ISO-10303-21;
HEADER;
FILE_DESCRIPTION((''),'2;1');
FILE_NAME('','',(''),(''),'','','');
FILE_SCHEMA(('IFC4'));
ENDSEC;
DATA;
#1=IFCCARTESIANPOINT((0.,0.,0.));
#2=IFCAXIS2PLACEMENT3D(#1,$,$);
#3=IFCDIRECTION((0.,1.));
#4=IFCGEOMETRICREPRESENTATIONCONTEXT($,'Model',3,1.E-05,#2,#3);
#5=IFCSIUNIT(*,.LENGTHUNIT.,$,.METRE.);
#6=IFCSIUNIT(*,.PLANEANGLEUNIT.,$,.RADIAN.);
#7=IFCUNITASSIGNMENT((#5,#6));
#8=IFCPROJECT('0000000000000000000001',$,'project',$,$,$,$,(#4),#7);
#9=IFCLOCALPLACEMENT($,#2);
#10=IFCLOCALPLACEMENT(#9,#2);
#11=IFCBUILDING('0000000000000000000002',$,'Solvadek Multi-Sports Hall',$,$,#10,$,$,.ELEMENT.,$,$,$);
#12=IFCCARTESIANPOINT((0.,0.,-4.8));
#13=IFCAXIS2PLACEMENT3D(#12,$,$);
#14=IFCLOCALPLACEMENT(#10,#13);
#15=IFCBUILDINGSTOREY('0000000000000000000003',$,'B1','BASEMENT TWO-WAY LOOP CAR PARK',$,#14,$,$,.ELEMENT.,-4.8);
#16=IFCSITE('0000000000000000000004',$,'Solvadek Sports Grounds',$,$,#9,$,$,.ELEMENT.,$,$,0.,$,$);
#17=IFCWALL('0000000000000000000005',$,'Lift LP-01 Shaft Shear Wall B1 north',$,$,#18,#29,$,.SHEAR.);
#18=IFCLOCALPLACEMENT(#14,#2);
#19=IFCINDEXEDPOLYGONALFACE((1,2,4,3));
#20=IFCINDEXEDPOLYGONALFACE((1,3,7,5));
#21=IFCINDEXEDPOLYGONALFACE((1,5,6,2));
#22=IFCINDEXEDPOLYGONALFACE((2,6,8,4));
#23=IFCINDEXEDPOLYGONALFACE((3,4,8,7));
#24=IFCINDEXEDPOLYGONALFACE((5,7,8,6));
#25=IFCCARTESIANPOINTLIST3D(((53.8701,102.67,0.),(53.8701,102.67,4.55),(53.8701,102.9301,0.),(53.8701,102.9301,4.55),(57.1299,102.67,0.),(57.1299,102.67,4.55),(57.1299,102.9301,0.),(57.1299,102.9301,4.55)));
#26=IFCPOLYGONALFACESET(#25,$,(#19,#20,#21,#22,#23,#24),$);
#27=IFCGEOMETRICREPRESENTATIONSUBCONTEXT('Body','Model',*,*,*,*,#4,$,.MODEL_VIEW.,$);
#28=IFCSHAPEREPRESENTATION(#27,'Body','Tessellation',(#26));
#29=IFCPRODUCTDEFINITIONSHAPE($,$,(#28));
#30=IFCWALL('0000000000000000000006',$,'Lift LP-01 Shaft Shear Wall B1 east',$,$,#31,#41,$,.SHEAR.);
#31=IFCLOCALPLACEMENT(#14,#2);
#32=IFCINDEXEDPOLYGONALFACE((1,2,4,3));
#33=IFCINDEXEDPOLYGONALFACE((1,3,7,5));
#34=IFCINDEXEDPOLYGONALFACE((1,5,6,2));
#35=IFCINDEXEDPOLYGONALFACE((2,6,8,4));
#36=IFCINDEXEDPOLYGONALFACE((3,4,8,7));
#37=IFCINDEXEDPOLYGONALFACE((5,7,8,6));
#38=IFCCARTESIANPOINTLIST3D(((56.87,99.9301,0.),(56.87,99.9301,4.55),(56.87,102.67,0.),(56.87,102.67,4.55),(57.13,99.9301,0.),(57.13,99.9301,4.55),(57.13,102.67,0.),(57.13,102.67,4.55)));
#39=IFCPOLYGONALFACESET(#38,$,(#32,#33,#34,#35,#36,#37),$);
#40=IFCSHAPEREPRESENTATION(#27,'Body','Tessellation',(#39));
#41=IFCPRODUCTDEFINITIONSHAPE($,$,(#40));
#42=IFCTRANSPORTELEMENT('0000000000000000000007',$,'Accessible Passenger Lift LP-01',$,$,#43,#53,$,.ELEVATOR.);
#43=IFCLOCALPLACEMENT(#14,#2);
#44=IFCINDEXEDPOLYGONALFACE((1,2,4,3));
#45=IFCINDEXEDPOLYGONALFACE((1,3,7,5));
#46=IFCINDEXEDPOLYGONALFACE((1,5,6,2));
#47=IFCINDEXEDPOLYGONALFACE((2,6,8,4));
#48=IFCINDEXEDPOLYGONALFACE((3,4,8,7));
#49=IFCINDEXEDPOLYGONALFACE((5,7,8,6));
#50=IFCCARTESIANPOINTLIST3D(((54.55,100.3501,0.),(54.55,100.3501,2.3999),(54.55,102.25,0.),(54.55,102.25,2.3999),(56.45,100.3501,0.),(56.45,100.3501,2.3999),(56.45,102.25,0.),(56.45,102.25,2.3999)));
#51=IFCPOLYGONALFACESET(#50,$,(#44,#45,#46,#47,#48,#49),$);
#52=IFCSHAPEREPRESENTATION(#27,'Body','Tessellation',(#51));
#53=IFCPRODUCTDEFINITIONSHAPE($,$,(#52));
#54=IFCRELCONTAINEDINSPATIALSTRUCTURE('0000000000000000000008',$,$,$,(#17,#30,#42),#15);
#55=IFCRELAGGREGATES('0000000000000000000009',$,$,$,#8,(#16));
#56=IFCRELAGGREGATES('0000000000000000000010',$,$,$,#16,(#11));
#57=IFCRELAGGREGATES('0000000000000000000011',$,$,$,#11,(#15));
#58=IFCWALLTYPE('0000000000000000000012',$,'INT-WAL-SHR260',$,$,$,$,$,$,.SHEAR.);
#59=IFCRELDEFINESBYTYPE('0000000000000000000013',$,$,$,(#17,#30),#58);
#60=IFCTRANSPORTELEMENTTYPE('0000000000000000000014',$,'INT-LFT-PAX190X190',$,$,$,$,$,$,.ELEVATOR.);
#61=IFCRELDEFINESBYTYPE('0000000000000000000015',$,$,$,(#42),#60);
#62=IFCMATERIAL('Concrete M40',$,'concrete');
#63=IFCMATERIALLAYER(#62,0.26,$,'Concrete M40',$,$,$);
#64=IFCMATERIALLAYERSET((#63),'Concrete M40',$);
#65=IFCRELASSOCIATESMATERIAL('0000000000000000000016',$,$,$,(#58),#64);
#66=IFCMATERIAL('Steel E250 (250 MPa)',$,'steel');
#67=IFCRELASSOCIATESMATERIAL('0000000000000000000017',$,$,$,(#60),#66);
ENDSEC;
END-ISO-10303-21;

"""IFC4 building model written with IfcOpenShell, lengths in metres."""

from ifc_helpers import new_model, si_unit, direction, frame, frame_2d, origin, origin_2d, place, context, subcontext, project, spatial, rectangle, extrude, material, layer, layer_set, type_object, element, save


model = new_model("IFC4")

# Units and contexts
model_context = context("Model", 3, precision=1e-05, world=origin(), true_north=direction((0.0, 1.0)))
body_context = subcontext(model_context, "Body", "Model", "MODEL_VIEW")
ifc_project = project(units=[si_unit("LENGTHUNIT", "METRE"), si_unit("PLANEANGLEUNIT", "RADIAN")], contexts=[model_context])

# Site, building, storey
site_placement = place(None, origin())
site = spatial("IfcSite", under=ifc_project, at=site_placement, Name="Solvadek Sports Grounds", CompositionType="ELEMENT", RefElevation=0.0)
building_placement = place(site_placement, origin())
building = spatial("IfcBuilding", under=site, at=building_placement, Name="Solvadek Multi-Sports Hall", CompositionType="ELEMENT")
storey_placement = place(building_placement, frame((0.0, 0.0, -4.8)))
storey = spatial("IfcBuildingStorey", under=building, at=storey_placement, Name="B1", Description="BASEMENT TWO-WAY LOOP CAR PARK", CompositionType="ELEMENT", Elevation=-4.8)

# Shared definitions
ifc_material_1 = material(Name="Concrete M40", Category="concrete")

# Walls
ifc_layer_1 = layer(ifc_material_1, 0.26, Name="Concrete M40")
ifc_layer_set_1 = layer_set([ifc_layer_1], Name="Concrete M40")
wall_type = type_object("IfcWallType", Name="INT-WAL-SHR260", PredefinedType="SHEAR", material=ifc_layer_set_1)
wall_1_placement = place(storey_placement, frame((53.8701, 102.8, 0.0), z_axis=(0.0, 0.0, 1.0), x_axis=(1.0, 0.0, 0.0)))
element("IfcWall", 1, at=wall_1_placement, inside=storey, type_object=wall_type, Name="Lift LP-01 Shaft Shear Wall B1 north", PredefinedType="SHEAR", context=body_context, shape_type="SweptSolid", body=[
    extrude(rectangle(XDim=3.2598, YDim=0.26, at=frame_2d((1.6299, 0.0))), origin(), (0.0, 0.0, 1.0), 4.55),
])
wall_2_placement = place(storey_placement, frame((57.0, 99.9299, 0.0), z_axis=(0.0, 0.0, 1.0), x_axis=(0.0, 1.0, 0.0)))
element("IfcWall", 2, at=wall_2_placement, inside=storey, type_object=wall_type, Name="Lift LP-01 Shaft Shear Wall B1 east", PredefinedType="SHEAR", context=body_context, shape_type="SweptSolid", body=[
    extrude(rectangle(XDim=2.74, YDim=0.26, at=frame_2d((1.3701, 0.0))), origin(), (0.0, 0.0, 1.0), 4.55),
])

# Transport element
ifc_material_2 = material(Name="Steel E250 (250 MPa)", Category="steel")
transport_element_type = type_object("IfcTransportElementType", Name="INT-LFT-PAX190X190", PredefinedType="ELEVATOR", material=ifc_material_2)
transport_element_placement = place(storey_placement, frame((55.5, 101.3, 0.0), z_axis=(0.0, 0.0, 1.0), x_axis=(1.0, 0.0, 0.0)))
element("IfcTransportElement", 3, at=transport_element_placement, inside=storey, type_object=transport_element_type, Name="Accessible Passenger Lift LP-01", PredefinedType="ELEVATOR", context=body_context, shape_type="SweptSolid", body=[
    extrude(rectangle(XDim=1.8999, YDim=1.8999, at=origin_2d()), origin(), (0.0, 0.0, 1.0), 2.3999),
])

save(model, "model.ifc")
